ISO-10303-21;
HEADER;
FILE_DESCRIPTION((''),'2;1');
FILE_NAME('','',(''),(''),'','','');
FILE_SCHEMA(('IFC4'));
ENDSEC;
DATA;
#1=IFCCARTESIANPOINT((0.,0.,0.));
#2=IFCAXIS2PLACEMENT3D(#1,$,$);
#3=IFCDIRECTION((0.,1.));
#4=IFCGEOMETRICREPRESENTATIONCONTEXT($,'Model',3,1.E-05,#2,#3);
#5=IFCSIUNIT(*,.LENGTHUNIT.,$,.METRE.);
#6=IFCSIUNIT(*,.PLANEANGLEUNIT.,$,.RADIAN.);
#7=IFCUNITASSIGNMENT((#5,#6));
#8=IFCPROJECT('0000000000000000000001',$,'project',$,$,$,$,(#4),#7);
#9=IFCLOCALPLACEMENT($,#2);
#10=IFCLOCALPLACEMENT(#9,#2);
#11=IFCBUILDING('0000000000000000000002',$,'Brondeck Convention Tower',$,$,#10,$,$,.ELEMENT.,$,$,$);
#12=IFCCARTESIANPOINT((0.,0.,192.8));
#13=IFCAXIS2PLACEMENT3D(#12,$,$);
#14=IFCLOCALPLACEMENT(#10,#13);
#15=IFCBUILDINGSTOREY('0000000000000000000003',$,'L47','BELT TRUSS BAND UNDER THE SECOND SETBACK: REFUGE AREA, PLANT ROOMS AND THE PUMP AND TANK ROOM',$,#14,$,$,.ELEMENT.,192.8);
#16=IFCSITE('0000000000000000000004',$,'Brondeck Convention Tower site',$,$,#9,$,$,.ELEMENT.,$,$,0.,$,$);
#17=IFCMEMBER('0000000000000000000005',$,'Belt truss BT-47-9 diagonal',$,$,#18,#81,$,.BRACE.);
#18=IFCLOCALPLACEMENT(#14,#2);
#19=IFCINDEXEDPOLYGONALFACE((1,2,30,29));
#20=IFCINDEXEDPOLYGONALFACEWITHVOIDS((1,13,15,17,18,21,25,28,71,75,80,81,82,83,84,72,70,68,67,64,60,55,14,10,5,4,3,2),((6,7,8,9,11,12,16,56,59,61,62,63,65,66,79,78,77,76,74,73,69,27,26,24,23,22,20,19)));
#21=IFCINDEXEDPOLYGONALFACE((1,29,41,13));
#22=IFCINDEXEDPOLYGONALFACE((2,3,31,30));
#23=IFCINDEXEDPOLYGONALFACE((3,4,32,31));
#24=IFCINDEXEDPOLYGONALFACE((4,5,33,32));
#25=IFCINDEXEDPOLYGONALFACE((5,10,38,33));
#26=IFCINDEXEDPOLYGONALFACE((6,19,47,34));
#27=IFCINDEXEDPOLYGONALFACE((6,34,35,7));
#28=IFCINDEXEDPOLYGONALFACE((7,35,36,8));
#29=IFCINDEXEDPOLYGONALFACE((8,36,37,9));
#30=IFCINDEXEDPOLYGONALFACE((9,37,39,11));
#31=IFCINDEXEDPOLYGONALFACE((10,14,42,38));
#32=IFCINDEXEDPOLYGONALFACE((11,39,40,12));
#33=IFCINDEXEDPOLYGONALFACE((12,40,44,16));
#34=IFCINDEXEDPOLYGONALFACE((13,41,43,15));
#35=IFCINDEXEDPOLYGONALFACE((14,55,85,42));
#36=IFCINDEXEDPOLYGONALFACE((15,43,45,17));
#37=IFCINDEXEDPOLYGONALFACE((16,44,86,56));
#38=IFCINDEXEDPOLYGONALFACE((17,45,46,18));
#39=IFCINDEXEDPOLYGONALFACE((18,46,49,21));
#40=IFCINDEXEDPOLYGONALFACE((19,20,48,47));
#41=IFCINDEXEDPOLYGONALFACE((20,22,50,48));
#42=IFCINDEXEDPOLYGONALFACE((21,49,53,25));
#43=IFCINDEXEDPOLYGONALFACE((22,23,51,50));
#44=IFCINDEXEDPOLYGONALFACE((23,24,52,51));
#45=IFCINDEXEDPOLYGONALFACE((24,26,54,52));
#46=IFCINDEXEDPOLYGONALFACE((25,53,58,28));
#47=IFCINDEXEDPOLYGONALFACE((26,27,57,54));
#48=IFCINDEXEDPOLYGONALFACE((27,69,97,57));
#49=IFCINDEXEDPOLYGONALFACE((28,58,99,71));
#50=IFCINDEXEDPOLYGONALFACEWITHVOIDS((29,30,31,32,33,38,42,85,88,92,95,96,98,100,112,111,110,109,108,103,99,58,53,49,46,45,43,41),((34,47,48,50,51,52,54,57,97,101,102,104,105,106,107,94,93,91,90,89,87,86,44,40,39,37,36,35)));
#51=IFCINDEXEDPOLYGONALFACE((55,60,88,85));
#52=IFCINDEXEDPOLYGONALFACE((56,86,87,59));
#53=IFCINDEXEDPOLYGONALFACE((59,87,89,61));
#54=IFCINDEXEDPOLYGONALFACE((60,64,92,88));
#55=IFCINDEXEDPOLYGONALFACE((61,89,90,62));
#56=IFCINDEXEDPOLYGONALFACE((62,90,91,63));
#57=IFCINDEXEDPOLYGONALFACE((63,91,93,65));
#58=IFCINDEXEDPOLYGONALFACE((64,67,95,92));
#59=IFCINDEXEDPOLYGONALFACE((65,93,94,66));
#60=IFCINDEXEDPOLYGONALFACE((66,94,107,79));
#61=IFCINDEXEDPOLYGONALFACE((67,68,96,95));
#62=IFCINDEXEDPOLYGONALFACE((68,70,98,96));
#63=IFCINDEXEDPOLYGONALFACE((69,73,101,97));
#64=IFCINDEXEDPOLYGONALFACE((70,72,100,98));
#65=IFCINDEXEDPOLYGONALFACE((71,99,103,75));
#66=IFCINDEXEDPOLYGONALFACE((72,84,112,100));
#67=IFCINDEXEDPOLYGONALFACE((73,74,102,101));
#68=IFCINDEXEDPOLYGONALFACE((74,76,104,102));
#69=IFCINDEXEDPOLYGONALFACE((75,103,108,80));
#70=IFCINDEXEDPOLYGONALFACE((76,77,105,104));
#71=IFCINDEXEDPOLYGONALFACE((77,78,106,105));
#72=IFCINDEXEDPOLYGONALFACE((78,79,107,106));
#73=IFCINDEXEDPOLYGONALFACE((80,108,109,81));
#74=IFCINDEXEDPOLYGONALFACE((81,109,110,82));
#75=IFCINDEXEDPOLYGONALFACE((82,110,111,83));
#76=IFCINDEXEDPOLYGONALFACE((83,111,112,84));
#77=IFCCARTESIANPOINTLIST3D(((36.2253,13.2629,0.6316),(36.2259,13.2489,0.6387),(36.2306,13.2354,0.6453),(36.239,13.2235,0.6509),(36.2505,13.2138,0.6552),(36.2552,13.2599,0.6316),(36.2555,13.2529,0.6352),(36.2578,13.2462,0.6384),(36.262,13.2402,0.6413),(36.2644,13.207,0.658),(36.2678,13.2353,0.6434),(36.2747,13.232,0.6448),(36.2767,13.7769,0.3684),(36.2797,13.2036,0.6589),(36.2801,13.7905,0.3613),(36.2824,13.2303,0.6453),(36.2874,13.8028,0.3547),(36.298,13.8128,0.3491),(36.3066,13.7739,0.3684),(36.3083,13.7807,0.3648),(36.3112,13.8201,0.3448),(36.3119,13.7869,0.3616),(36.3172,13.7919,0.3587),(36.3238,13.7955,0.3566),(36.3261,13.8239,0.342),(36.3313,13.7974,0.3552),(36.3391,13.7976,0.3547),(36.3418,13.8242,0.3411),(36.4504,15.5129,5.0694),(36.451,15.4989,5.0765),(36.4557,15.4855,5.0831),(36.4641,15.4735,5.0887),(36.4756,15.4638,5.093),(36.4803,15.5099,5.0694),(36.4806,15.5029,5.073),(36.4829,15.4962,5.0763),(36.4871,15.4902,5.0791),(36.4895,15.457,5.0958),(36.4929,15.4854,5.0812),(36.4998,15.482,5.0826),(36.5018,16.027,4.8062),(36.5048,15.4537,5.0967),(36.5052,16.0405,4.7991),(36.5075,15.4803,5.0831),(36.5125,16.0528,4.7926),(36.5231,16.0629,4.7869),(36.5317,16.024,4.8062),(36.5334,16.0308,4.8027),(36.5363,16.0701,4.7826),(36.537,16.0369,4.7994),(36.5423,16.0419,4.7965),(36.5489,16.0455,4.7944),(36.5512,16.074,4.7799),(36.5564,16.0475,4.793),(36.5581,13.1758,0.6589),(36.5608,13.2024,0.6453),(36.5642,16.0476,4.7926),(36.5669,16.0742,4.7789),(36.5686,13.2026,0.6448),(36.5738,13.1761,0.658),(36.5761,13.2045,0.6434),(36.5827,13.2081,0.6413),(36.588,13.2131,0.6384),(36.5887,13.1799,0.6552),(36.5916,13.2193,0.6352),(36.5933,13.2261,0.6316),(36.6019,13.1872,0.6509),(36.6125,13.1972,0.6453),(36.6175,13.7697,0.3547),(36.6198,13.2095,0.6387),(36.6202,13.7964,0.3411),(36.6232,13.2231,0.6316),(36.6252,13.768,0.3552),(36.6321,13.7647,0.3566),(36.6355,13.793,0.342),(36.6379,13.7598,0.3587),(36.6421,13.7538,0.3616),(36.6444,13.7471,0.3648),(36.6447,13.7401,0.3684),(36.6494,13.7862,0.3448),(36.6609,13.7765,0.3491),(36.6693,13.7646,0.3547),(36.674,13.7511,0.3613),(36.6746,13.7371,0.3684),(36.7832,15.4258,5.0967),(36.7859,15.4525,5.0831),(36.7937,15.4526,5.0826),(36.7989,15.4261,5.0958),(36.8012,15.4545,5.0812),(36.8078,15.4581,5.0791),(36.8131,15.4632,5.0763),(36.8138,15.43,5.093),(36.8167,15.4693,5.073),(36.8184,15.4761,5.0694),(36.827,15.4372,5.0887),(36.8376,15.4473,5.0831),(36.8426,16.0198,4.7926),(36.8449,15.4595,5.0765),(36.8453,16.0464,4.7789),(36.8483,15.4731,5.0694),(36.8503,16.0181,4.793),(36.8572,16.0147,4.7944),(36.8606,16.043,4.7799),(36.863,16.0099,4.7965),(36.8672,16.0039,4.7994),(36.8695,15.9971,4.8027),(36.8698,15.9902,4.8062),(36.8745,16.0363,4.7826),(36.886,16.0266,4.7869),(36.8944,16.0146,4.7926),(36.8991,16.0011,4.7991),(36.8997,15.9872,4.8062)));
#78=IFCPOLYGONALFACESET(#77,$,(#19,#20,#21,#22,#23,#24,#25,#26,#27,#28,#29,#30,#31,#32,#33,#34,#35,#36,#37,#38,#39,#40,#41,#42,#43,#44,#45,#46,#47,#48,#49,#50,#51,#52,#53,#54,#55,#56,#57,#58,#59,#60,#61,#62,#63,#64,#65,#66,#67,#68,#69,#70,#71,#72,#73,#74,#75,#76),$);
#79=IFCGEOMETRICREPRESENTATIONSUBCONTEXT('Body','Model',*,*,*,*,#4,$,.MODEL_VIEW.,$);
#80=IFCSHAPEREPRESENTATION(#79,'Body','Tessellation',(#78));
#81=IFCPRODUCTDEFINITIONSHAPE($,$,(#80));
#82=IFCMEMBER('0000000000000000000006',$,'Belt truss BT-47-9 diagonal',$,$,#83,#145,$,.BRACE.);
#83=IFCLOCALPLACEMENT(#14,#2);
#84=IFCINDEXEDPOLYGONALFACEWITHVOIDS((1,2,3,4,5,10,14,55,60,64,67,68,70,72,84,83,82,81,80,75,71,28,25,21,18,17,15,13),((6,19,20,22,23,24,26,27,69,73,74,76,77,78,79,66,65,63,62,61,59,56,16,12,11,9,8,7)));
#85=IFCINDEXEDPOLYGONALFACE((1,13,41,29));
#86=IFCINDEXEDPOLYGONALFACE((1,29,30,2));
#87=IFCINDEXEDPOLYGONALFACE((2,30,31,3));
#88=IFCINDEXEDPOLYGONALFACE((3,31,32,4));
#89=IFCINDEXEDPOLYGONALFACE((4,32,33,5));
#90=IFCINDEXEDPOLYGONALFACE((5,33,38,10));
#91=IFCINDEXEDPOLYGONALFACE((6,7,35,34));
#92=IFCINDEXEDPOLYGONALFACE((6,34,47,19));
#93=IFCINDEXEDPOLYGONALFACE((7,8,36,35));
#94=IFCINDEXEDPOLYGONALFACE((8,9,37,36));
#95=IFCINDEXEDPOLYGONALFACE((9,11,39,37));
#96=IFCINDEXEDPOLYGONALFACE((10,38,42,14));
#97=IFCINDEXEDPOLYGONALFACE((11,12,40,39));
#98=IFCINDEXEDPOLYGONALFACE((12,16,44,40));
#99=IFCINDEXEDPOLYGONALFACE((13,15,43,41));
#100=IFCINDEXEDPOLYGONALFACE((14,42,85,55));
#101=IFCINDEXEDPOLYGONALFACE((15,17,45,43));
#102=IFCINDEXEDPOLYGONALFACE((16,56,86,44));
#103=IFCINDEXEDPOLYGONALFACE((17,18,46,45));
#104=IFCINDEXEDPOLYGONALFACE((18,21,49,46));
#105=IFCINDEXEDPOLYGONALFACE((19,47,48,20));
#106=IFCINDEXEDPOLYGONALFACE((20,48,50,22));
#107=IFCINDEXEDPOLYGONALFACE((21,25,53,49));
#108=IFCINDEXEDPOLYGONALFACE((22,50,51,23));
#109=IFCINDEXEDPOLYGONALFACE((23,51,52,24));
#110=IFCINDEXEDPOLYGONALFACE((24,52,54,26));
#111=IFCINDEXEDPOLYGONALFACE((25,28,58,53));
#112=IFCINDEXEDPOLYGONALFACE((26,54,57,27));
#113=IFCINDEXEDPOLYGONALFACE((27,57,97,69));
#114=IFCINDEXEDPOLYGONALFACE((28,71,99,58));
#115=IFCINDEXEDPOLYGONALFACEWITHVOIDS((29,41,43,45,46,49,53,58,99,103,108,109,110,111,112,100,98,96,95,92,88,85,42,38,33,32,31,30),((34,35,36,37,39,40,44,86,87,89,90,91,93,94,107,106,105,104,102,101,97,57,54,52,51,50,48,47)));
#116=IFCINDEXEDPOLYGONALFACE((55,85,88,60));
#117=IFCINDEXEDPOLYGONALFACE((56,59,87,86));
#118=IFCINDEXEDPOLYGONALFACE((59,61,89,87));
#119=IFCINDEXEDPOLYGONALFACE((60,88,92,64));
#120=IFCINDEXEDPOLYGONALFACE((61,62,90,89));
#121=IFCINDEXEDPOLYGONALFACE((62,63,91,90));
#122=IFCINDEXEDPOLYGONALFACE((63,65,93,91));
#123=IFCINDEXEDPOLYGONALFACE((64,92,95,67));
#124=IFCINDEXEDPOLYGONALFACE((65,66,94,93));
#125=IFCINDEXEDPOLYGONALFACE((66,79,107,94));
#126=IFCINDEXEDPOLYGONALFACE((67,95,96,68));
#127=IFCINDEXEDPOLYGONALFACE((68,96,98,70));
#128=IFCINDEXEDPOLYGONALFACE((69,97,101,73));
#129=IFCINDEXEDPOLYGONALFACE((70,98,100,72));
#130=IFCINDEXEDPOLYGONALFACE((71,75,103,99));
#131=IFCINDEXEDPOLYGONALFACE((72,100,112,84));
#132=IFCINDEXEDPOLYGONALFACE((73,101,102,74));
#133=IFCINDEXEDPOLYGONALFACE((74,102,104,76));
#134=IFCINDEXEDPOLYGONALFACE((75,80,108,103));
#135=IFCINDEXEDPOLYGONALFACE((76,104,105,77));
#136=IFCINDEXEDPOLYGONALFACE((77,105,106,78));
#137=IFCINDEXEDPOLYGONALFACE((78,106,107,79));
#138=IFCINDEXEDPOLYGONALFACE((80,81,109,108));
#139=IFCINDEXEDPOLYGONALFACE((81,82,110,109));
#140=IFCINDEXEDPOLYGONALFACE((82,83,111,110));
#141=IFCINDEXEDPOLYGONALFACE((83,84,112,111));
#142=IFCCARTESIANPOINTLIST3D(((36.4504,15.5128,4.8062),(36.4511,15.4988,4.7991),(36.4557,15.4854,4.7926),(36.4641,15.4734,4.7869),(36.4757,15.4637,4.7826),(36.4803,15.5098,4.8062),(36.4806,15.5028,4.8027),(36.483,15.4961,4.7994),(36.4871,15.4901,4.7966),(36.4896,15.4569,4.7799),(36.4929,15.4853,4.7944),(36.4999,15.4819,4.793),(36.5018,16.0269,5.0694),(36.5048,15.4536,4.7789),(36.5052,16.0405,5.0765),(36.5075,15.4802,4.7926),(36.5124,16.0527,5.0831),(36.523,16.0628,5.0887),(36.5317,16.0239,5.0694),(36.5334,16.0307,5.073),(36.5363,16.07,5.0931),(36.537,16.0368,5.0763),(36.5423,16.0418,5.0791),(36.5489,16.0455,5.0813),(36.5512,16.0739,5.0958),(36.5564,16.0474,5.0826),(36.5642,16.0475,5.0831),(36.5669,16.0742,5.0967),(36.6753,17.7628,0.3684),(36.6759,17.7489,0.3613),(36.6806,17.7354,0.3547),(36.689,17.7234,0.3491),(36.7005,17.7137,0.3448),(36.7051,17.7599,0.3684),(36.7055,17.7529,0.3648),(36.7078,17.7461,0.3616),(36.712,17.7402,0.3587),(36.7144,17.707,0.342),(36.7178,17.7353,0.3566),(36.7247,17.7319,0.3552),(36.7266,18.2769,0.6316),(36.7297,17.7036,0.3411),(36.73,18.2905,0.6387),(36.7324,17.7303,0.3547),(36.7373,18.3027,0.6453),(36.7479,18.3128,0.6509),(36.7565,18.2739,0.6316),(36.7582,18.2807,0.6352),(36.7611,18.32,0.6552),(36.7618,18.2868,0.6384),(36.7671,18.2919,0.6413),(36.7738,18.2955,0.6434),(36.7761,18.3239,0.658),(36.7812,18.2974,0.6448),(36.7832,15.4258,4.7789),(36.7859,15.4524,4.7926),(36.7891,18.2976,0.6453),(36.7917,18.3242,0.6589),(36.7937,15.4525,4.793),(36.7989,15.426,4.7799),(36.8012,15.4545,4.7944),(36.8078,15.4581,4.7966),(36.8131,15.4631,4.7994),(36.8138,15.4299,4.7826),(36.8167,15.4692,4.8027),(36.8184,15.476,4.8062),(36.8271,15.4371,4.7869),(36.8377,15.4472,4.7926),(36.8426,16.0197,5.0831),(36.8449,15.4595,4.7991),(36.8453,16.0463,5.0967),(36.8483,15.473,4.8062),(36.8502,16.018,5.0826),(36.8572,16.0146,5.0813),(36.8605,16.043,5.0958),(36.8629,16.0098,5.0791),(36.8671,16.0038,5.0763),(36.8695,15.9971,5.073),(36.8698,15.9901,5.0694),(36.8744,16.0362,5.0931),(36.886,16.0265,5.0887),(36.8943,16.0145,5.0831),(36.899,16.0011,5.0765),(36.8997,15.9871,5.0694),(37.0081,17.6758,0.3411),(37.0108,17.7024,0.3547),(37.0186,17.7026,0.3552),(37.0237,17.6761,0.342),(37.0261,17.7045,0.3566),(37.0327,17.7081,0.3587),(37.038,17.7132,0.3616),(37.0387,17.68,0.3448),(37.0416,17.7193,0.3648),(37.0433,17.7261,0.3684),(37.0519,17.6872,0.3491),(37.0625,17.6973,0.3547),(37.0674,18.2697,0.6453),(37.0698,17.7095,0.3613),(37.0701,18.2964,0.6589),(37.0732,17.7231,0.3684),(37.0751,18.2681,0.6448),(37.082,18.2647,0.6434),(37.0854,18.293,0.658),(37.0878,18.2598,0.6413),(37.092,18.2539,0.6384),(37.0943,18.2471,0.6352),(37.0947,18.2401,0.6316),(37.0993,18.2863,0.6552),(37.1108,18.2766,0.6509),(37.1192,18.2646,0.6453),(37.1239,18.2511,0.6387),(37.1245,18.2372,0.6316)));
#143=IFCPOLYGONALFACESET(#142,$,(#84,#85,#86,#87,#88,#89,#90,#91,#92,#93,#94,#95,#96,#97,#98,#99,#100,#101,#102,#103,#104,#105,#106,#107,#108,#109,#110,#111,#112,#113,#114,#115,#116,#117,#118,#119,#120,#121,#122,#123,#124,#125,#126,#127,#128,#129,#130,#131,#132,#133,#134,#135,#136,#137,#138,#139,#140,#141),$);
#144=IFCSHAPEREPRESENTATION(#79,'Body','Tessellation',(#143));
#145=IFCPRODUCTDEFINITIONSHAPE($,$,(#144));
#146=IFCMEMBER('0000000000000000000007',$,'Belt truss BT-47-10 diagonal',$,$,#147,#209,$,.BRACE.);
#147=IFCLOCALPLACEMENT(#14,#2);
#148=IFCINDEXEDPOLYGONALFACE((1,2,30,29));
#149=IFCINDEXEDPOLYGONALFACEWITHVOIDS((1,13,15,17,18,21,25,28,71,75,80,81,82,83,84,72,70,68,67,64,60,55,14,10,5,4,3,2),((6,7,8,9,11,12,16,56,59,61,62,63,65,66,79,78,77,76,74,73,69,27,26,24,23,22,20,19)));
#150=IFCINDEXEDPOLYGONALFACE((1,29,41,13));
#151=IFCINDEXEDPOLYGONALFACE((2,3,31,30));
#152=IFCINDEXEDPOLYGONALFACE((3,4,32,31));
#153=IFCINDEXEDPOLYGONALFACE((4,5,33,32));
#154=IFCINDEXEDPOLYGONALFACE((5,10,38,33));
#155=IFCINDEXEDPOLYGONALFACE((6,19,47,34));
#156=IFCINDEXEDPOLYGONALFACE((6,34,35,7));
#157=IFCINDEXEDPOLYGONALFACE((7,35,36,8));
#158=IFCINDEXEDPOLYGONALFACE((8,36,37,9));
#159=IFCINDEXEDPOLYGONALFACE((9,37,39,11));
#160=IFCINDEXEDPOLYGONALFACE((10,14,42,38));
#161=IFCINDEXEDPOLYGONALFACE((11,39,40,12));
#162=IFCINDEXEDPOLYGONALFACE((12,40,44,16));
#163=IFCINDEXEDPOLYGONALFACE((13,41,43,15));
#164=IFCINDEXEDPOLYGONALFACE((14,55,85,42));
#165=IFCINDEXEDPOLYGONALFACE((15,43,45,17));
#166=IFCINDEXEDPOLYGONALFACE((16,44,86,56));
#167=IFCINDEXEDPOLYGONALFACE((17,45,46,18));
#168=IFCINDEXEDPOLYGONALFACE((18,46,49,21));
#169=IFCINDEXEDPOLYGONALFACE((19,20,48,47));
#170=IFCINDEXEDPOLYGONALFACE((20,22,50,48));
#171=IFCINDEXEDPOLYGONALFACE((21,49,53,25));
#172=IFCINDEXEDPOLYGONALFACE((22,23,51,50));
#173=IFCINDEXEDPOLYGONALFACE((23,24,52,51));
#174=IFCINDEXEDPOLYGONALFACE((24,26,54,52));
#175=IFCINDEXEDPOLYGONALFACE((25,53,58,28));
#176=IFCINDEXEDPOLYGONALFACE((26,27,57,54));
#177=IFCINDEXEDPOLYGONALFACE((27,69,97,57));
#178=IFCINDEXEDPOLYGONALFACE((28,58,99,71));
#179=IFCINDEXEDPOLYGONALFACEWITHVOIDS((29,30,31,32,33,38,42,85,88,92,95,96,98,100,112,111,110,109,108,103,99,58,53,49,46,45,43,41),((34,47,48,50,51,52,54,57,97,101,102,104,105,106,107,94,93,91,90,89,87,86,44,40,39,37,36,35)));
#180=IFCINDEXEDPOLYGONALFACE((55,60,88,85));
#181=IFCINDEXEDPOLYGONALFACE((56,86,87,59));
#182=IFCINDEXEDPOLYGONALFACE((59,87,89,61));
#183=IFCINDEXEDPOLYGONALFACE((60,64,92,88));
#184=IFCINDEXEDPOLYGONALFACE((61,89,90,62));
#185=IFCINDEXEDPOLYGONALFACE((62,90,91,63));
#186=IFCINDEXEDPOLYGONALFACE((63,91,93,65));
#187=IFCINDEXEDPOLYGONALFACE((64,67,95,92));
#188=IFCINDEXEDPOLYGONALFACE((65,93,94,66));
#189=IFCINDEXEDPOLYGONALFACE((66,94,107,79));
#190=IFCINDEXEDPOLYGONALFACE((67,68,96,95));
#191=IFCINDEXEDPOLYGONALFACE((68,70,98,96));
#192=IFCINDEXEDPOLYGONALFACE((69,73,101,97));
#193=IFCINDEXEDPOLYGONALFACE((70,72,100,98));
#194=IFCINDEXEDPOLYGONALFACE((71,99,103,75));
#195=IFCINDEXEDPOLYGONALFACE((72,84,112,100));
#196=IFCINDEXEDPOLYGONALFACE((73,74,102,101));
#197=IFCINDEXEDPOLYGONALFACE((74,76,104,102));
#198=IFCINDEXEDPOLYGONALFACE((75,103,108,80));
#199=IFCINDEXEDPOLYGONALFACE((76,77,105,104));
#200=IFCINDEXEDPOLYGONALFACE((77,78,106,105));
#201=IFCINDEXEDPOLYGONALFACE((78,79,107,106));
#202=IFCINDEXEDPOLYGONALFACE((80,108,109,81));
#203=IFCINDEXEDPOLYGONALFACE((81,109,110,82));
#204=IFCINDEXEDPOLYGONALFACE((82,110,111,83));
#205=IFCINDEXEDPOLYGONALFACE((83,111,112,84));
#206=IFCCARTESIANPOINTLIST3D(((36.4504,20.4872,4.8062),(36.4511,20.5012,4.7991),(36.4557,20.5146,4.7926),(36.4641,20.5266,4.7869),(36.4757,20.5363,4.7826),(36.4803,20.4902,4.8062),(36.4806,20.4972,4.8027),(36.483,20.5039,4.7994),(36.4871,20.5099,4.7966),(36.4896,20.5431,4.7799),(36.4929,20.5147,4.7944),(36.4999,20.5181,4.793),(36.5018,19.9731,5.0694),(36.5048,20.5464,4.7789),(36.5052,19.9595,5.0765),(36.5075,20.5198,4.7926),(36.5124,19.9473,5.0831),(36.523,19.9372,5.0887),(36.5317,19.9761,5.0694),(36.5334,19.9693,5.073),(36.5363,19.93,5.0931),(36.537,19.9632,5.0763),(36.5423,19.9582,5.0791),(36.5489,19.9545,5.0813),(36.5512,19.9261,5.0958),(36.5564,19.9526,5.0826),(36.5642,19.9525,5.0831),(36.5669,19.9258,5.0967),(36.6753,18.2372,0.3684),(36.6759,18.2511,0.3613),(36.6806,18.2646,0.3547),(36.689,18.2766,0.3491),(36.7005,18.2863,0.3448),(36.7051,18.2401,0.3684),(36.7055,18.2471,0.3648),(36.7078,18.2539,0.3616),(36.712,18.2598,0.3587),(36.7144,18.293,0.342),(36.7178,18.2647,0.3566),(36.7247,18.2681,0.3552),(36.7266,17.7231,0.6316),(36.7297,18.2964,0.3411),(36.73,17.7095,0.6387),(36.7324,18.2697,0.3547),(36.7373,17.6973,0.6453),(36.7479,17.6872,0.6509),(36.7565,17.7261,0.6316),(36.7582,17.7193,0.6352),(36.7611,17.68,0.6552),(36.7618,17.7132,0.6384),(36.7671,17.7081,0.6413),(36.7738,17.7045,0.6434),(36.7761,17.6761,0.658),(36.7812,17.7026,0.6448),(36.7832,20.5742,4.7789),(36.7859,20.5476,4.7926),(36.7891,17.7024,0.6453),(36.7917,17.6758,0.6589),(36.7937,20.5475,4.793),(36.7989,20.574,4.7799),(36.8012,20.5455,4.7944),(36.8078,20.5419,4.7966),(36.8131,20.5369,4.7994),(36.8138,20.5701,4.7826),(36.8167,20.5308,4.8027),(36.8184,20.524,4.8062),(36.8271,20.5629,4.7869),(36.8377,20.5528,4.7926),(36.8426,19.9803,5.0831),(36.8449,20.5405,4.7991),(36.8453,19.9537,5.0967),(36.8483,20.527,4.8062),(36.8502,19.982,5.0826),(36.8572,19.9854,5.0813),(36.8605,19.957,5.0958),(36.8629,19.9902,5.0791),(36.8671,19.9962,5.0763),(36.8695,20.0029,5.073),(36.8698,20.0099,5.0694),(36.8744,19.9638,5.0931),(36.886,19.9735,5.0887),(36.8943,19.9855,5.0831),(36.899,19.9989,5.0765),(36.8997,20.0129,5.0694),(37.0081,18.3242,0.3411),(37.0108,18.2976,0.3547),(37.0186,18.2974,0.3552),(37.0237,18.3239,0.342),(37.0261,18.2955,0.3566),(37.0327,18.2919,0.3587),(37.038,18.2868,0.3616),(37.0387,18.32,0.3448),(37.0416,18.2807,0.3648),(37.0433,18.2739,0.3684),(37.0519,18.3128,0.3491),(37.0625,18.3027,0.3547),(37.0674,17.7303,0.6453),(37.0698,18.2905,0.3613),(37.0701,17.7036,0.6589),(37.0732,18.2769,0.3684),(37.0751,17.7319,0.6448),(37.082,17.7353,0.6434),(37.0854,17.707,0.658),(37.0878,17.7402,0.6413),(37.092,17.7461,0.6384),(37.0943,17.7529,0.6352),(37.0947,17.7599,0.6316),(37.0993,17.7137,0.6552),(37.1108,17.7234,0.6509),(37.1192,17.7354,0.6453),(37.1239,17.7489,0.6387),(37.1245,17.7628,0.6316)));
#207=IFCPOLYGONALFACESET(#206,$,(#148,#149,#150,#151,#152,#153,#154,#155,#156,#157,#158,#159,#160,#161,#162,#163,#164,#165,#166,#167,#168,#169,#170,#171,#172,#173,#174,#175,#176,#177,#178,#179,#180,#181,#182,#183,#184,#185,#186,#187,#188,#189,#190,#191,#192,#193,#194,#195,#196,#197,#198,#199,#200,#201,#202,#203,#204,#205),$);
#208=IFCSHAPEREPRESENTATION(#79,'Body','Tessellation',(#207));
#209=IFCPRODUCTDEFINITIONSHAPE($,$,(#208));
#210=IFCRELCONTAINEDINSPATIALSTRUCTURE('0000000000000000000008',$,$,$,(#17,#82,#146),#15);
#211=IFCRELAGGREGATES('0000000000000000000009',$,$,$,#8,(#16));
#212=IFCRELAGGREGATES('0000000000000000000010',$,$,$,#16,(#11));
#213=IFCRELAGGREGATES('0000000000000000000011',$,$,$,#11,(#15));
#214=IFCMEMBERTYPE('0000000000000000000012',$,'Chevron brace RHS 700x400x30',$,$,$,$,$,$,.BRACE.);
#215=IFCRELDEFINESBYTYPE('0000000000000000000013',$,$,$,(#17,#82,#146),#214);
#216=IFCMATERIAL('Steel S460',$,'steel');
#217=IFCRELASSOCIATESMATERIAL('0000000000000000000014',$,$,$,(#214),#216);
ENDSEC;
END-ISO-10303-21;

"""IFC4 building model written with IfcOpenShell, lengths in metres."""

from ifc_helpers import new_model, si_unit, direction, frame, origin, origin_2d, place, context, subcontext, project, spatial, hollow_rectangle, extrude, material, material_profile, profile_set, type_object, element, save


model = new_model("IFC4")

# Units and contexts
model_context = context("Model", 3, precision=1e-05, world=origin(), true_north=direction((0.0, 1.0)))
body_context = subcontext(model_context, "Body", "Model", "MODEL_VIEW")
ifc_project = project(units=[si_unit("LENGTHUNIT", "METRE"), si_unit("PLANEANGLEUNIT", "RADIAN")], contexts=[model_context])

# Site, building, storey
site_placement = place(None, origin())
site = spatial("IfcSite", under=ifc_project, at=site_placement, Name="Brondeck Convention Tower site", CompositionType="ELEMENT", RefElevation=0.0)
building_placement = place(site_placement, origin())
building = spatial("IfcBuilding", under=site, at=building_placement, Name="Brondeck Convention Tower", CompositionType="ELEMENT")
storey_placement = place(building_placement, frame((0.0, 0.0, 192.8)))
storey = spatial("IfcBuildingStorey", under=building, at=storey_placement, Name="L47", Description="BELT TRUSS BAND UNDER THE SECOND SETBACK: REFUGE AREA, PLANT ROOMS AND THE PUMP AND TANK ROOM", CompositionType="ELEMENT", Elevation=192.8)

# Members
ifc_material_1 = material(Name="Steel S460", Category="steel")
ifc_material_profile_1 = material_profile(ifc_material_1, hollow_rectangle(XDim=0.3999, YDim=0.7, WallThickness=0.03, InnerFilletRadius=0.03, OuterFilletRadius=0.0601, at=origin_2d()), Name="RHS 700x400x30")
ifc_profile_set_1 = profile_set([ifc_material_profile_1], Name="Steel S460")
member_type_1 = type_object("IfcMemberType", Name="Chevron brace RHS 700x400x30", PredefinedType="BRACE", material=ifc_profile_set_1)
for number, where, z_axis, x_axis, name in (
    (1, (36.45, 13.5, 0.5), (0.045195, 0.451749, 0.890999), (-0.995033, 0.099546, 0.0), "Belt truss BT-47-9 diagonal"),
    (2, (36.8999, 18.0, 0.5), (-0.045146, -0.45175, 0.891001), (0.995044, -0.09944, 0.0), "Belt truss BT-47-9 diagonal"),
    (3, (36.8999, 18.0, 0.5), (-0.045146, 0.45175, 0.891001), (-0.995044, -0.09944, 0.0), "Belt truss BT-47-10 diagonal"),
):
    element("IfcMember", number, at=place(storey_placement, frame(where, z_axis=z_axis, x_axis=x_axis)), inside=storey, type_object=member_type_1, Name=name, PredefinedType="BRACE", context=body_context, shape_type="SweptSolid", body=[
        extrude(hollow_rectangle(XDim=0.3999, YDim=0.7, WallThickness=0.03, InnerFilletRadius=0.03, OuterFilletRadius=0.0601, at=origin_2d()), origin(), (0.0, 0.0, 1.0), 4.9807),
    ])

save(model, "model.ifc")
